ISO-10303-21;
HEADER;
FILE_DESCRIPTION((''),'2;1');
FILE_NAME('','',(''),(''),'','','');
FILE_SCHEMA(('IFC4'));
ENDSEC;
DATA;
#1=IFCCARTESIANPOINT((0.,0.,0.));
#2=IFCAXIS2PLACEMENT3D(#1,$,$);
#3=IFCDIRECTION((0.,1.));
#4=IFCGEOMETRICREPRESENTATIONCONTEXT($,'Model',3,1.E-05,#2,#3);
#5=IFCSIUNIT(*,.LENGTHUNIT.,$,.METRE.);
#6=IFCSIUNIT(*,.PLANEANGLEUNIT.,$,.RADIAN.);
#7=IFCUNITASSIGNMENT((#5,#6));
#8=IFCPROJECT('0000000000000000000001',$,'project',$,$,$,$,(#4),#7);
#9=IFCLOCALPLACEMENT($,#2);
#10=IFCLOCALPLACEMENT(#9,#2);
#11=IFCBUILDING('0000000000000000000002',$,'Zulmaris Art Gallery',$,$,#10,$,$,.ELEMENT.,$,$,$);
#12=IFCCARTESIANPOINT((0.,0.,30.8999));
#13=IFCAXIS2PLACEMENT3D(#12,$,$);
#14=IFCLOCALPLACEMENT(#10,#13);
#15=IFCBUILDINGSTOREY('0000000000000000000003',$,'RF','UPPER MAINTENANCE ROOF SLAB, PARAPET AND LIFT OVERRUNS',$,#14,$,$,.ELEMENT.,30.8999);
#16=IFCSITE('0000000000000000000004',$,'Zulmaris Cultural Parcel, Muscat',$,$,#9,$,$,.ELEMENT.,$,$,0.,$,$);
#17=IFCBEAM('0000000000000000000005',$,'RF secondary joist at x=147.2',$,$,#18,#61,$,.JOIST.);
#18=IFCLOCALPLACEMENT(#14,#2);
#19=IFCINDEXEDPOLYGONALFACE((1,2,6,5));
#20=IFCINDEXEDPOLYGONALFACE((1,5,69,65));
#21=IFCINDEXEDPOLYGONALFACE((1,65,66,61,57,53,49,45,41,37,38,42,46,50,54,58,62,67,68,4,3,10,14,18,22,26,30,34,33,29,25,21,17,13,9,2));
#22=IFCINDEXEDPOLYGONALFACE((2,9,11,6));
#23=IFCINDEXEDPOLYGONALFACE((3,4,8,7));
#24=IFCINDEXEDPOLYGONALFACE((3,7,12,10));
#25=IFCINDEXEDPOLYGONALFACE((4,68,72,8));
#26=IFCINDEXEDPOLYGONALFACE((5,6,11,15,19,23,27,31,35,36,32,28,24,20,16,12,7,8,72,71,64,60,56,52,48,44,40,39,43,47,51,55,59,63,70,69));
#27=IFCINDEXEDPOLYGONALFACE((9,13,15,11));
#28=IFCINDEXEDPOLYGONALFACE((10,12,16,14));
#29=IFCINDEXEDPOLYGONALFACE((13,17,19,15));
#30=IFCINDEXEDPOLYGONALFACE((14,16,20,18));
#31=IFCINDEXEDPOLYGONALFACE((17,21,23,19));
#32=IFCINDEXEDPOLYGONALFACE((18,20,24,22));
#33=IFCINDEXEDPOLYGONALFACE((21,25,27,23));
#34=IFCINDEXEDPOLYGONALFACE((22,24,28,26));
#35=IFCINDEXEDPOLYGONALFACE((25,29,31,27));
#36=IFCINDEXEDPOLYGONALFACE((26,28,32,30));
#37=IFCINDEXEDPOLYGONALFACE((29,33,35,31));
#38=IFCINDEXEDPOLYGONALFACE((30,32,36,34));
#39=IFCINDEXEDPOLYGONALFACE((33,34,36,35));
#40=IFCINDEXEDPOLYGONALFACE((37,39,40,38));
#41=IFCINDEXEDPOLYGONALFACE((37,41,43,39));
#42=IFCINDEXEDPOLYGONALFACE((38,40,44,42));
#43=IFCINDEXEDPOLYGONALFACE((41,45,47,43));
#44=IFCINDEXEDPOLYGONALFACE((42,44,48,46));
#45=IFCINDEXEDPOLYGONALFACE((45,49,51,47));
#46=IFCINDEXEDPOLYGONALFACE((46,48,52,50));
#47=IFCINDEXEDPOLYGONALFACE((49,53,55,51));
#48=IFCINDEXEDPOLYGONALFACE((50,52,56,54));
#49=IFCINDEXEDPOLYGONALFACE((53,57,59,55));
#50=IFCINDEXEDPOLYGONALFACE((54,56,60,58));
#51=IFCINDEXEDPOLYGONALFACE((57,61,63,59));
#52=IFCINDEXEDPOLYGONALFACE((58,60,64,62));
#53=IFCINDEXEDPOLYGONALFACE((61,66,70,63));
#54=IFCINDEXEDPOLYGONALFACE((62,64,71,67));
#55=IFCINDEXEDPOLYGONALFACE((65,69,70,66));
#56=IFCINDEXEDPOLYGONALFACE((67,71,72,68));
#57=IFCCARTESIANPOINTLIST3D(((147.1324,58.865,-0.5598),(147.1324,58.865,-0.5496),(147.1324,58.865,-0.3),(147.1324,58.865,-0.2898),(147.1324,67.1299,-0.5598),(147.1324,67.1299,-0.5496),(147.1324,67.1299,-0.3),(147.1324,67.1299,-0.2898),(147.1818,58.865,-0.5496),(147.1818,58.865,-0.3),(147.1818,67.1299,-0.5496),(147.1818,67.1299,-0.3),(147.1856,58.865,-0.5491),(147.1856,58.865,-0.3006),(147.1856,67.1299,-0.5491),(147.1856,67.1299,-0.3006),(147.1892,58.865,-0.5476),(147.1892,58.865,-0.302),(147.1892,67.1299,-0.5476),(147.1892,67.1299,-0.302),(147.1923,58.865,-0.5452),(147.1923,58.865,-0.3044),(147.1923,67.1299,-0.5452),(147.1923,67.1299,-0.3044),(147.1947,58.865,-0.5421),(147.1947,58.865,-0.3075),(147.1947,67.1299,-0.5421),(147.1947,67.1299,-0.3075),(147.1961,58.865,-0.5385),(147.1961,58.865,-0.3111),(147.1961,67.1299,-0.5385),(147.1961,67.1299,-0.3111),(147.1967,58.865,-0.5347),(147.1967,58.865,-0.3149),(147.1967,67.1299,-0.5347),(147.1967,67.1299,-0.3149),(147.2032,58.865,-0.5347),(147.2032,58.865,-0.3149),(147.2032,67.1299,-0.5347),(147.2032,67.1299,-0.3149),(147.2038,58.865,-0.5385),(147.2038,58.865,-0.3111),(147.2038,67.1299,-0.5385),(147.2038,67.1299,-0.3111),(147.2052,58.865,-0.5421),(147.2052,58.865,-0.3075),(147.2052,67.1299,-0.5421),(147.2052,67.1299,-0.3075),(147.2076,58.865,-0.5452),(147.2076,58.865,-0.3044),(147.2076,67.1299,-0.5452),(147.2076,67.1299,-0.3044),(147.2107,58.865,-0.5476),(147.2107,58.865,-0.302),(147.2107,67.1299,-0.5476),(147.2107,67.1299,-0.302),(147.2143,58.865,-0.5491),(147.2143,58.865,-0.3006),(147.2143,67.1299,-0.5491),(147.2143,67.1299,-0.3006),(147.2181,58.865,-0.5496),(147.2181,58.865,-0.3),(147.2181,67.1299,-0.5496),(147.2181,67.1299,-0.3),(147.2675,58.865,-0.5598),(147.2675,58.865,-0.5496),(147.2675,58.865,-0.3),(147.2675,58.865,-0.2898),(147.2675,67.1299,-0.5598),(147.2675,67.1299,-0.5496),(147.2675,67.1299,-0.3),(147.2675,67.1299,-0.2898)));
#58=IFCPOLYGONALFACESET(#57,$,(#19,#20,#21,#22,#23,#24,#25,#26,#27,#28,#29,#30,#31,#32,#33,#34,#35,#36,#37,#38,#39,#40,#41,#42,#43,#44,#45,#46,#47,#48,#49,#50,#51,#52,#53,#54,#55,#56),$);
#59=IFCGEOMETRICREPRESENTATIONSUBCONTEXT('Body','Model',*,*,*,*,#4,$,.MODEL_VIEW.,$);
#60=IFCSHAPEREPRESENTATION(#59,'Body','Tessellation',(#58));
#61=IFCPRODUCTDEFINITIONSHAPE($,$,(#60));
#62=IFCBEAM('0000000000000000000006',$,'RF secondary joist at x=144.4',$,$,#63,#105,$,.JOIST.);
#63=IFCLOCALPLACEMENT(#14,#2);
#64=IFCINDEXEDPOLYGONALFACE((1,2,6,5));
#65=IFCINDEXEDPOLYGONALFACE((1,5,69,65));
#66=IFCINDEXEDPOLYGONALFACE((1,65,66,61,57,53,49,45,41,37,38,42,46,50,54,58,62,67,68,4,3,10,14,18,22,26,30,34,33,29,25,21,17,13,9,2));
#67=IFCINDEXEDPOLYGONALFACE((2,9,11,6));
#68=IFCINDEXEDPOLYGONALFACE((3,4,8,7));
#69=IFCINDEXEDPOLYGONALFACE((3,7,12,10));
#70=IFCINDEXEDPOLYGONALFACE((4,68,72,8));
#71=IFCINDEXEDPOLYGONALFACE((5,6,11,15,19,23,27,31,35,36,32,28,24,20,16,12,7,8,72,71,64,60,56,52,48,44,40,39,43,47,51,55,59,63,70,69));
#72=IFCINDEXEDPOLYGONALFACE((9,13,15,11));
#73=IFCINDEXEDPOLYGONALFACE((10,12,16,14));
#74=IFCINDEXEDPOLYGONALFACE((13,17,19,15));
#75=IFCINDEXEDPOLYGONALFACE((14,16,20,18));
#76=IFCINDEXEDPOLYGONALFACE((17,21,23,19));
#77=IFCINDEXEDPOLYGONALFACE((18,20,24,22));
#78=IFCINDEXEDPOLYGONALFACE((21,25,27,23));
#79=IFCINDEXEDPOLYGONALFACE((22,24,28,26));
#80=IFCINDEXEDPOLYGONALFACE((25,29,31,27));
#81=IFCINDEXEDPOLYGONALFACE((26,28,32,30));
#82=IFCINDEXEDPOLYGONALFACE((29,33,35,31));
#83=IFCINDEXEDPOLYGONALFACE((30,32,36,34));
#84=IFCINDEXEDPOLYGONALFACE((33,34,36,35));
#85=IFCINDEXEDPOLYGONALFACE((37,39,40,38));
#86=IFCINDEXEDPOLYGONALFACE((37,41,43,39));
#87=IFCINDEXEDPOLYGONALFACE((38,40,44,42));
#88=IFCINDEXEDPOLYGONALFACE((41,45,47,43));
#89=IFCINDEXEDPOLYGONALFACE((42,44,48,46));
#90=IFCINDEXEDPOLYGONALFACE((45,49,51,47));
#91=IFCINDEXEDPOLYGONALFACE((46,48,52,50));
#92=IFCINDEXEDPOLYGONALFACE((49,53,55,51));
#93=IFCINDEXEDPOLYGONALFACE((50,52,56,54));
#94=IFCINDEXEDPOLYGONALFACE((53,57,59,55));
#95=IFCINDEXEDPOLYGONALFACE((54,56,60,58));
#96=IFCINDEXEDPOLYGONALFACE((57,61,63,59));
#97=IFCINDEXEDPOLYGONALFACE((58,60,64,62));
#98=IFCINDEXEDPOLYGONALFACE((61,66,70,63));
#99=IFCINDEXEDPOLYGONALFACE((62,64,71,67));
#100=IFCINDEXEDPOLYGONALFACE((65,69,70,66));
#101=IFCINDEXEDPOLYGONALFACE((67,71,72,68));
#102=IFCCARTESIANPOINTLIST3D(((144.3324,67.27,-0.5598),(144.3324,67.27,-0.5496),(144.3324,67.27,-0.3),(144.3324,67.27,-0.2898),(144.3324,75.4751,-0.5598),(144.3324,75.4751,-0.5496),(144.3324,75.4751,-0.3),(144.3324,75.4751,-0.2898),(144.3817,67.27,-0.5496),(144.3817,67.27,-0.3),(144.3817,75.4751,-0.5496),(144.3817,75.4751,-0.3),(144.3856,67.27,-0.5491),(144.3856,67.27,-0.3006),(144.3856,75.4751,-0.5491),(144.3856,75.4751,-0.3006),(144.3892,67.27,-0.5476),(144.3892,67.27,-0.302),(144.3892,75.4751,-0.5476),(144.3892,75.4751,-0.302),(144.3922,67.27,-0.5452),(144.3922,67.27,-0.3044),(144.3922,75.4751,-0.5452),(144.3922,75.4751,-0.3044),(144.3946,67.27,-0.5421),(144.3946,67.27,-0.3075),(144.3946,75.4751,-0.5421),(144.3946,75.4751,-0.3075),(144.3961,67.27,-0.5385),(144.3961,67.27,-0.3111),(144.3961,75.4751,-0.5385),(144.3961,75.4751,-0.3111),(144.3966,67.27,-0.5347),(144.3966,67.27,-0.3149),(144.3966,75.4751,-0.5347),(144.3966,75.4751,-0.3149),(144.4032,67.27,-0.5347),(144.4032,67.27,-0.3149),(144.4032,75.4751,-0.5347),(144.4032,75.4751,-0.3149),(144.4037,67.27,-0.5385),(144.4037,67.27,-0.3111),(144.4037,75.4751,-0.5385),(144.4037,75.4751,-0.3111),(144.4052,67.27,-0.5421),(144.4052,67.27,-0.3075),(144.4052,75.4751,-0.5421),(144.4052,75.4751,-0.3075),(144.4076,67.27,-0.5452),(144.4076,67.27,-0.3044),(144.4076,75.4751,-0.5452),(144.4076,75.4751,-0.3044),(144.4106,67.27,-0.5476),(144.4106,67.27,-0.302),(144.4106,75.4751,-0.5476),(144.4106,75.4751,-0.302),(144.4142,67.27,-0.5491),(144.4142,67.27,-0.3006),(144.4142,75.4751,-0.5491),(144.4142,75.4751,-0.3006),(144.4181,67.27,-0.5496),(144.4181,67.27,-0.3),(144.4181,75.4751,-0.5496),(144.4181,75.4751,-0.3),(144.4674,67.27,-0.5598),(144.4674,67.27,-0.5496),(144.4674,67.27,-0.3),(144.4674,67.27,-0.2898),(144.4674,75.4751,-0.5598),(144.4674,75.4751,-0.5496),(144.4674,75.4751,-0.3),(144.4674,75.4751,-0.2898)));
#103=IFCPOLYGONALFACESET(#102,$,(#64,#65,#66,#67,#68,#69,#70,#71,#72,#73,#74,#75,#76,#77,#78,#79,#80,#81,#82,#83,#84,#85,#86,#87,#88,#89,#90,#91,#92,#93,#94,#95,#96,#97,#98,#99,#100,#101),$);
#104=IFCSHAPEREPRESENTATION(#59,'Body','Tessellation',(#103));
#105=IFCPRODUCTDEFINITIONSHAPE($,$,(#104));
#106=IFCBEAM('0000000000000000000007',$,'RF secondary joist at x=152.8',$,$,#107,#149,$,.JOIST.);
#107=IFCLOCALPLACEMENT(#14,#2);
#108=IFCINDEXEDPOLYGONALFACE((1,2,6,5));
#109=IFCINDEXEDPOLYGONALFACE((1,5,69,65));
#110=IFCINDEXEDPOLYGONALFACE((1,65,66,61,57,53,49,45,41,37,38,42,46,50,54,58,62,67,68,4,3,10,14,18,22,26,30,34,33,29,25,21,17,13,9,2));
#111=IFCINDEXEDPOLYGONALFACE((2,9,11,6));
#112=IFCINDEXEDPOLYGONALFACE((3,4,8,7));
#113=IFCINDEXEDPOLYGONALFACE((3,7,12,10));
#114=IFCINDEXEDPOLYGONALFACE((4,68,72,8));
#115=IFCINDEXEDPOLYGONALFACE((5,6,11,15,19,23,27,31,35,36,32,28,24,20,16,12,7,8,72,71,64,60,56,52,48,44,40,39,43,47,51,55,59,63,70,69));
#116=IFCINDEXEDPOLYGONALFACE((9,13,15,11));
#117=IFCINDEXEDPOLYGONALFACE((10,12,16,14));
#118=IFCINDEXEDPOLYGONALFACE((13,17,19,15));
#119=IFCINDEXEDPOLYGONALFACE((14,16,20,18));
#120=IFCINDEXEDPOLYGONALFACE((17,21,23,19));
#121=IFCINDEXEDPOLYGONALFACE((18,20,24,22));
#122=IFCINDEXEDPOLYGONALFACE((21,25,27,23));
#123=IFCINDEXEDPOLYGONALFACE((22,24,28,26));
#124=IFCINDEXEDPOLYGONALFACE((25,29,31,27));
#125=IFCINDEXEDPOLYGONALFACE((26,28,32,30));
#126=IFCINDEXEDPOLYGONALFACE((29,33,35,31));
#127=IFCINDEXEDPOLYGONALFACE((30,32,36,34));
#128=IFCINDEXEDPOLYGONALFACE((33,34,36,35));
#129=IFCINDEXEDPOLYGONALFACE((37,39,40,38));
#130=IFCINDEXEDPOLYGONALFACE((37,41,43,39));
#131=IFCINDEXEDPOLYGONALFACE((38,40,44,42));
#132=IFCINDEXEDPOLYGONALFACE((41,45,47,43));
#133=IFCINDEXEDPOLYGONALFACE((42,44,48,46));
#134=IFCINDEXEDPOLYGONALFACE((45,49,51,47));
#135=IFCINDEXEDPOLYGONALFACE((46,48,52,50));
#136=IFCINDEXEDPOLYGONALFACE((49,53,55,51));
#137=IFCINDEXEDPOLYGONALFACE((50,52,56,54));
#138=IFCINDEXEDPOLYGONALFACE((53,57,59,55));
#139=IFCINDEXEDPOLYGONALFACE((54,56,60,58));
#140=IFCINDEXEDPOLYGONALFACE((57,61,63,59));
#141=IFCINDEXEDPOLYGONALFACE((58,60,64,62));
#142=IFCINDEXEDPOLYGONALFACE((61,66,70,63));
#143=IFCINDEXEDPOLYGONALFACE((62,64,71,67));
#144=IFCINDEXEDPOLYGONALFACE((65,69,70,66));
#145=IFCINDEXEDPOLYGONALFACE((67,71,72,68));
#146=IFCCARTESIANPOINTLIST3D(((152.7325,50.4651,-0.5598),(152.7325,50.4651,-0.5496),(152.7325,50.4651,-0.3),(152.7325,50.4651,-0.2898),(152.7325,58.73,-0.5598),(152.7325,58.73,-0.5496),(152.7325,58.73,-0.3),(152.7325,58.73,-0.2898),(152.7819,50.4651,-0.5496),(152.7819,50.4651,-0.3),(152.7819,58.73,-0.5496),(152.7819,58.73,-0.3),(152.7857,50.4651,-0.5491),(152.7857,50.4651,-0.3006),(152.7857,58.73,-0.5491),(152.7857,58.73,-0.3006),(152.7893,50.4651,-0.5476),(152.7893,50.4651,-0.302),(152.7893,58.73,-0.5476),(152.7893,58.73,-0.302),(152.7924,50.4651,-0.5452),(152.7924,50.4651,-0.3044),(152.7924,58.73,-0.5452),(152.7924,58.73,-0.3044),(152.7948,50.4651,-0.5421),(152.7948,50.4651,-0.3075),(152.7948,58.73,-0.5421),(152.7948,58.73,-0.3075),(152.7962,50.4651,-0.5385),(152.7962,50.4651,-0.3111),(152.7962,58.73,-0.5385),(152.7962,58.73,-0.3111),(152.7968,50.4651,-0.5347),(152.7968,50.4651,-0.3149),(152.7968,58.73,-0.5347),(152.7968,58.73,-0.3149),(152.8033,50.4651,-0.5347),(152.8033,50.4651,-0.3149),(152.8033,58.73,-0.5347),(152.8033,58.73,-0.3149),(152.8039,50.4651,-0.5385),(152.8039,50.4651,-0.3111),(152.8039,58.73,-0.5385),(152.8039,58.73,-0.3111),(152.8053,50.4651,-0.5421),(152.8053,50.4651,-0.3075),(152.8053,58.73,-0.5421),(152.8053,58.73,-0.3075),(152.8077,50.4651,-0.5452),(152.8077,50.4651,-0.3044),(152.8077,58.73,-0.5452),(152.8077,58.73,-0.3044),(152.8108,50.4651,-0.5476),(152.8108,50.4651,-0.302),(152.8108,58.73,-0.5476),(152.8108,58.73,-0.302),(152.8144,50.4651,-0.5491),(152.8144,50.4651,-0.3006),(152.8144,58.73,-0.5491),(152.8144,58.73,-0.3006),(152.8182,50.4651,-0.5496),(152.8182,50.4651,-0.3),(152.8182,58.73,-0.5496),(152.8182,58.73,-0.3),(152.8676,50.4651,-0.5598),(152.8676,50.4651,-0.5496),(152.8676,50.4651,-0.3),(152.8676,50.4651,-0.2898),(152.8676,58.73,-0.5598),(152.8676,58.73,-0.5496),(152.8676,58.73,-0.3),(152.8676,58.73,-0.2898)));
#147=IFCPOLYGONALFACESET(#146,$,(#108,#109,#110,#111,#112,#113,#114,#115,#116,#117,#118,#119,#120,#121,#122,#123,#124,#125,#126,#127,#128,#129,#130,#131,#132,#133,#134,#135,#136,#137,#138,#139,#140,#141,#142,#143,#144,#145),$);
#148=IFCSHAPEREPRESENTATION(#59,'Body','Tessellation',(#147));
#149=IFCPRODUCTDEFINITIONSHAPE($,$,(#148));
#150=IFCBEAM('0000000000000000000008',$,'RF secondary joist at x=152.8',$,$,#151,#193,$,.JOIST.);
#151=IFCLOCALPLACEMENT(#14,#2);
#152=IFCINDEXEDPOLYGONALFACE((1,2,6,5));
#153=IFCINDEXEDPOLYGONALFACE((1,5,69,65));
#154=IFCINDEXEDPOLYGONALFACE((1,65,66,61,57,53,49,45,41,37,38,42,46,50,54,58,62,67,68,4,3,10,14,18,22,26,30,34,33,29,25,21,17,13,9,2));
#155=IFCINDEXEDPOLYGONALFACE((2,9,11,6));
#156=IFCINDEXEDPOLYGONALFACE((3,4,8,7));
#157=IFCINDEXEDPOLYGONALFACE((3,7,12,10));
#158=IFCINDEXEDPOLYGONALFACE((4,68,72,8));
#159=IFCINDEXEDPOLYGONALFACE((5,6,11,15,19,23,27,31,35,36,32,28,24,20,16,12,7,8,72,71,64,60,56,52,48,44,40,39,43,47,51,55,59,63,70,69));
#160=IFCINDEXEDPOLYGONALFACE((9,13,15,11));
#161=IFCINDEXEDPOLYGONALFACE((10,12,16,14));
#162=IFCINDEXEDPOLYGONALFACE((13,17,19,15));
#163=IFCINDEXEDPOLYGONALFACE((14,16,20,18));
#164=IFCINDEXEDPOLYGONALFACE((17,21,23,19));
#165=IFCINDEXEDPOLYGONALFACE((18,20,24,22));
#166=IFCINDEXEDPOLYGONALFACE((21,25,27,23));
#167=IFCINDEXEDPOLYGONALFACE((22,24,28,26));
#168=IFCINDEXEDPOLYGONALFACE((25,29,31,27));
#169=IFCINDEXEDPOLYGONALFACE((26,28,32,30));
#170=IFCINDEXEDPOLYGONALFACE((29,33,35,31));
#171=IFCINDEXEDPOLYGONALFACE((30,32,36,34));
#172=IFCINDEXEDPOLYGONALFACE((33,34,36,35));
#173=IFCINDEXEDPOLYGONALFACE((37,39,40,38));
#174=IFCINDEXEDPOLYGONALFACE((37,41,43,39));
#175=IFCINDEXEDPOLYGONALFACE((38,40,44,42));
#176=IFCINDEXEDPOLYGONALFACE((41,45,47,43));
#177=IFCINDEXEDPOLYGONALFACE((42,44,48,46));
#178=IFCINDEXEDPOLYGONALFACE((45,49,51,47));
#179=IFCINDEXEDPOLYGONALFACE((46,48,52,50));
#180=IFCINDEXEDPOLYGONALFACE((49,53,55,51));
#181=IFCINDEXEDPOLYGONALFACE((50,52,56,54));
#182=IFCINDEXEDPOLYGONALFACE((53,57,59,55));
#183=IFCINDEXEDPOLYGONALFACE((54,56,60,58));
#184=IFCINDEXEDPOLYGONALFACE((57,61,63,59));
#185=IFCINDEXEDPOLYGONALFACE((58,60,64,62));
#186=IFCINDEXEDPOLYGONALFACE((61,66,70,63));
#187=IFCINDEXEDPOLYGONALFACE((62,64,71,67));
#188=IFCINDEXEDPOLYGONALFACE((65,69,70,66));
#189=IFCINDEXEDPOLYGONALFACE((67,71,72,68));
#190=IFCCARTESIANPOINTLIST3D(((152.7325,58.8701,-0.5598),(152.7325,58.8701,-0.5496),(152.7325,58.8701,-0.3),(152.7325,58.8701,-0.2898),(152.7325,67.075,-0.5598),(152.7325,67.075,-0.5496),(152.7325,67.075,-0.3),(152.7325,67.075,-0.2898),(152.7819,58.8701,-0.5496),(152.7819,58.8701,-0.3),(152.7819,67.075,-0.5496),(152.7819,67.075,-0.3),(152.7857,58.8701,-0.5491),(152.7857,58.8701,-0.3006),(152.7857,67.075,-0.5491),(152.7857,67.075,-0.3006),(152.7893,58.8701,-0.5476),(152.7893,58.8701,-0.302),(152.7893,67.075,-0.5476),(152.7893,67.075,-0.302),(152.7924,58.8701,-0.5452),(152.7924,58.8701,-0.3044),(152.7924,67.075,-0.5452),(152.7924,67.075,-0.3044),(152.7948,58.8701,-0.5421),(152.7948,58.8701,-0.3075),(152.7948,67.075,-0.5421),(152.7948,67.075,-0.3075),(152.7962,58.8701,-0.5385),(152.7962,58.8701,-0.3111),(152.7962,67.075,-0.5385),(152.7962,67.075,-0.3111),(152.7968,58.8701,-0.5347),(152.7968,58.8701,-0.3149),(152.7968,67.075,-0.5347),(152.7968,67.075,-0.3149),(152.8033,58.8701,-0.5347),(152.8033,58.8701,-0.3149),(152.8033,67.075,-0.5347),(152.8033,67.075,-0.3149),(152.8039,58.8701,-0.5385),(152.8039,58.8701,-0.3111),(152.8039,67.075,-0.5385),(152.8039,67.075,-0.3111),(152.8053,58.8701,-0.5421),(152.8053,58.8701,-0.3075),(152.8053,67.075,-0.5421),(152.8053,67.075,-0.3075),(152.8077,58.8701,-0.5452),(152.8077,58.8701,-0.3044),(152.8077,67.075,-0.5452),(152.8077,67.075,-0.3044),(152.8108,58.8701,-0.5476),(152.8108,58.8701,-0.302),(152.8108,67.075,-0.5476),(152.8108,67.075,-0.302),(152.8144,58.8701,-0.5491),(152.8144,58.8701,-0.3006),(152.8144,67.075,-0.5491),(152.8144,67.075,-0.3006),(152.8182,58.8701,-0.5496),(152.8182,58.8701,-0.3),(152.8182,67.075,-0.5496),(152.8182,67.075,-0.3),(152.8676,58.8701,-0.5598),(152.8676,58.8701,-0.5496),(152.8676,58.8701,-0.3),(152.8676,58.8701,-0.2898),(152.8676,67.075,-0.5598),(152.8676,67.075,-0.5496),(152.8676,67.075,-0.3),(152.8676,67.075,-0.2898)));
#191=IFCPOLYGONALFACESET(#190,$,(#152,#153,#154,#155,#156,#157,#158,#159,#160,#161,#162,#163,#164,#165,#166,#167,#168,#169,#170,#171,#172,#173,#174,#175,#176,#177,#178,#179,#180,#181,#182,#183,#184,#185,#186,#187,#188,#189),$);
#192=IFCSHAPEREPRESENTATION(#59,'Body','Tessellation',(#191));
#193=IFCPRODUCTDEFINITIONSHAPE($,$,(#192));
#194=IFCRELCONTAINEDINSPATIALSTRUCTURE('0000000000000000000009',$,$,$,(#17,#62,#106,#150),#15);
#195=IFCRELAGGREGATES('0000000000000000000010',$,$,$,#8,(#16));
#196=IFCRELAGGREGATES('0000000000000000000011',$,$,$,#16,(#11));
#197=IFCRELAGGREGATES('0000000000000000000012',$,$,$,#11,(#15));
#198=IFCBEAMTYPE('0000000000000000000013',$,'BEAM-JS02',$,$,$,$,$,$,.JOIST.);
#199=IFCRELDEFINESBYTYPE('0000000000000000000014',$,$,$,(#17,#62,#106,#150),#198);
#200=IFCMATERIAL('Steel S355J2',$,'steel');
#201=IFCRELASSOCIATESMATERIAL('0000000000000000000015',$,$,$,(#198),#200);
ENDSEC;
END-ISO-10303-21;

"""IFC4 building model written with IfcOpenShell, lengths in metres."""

from ifc_helpers import new_model, si_unit, direction, frame, origin, origin_2d, place, context, subcontext, project, spatial, i_section, extrude, material, material_profile, profile_set, type_object, element, save


model = new_model("IFC4")

# Units and contexts
model_context = context("Model", 3, precision=1e-05, world=origin(), true_north=direction((0.0, 1.0)))
body_context = subcontext(model_context, "Body", "Model", "MODEL_VIEW")
ifc_project = project(units=[si_unit("LENGTHUNIT", "METRE"), si_unit("PLANEANGLEUNIT", "RADIAN")], contexts=[model_context])

# Site, building, storey
site_placement = place(None, origin())
site = spatial("IfcSite", under=ifc_project, at=site_placement, Name="Zulmaris Cultural Parcel, Muscat", CompositionType="ELEMENT", RefElevation=0.0)
building_placement = place(site_placement, origin())
building = spatial("IfcBuilding", under=site, at=building_placement, Name="Zulmaris Art Gallery", CompositionType="ELEMENT")
storey_placement = place(building_placement, frame((0.0, 0.0, 30.8999)))
storey = spatial("IfcBuildingStorey", under=building, at=storey_placement, Name="RF", Description="UPPER MAINTENANCE ROOF SLAB, PARAPET AND LIFT OVERRUNS", CompositionType="ELEMENT", Elevation=30.8999)

# Beams
ifc_material_1 = material(Name="Steel S355J2", Category="steel")
ifc_material_profile_1 = material_profile(ifc_material_1, i_section(OverallWidth=0.135, OverallDepth=0.27, WebThickness=0.0066, FlangeThickness=0.0103, FilletRadius=0.0149, at=origin_2d()), Name="IPE 270")
ifc_profile_set_1 = profile_set([ifc_material_profile_1], Name="Steel S355J2")
beam_type_1 = type_object("IfcBeamType", Name="BEAM-JS02", PredefinedType="JOIST", material=ifc_profile_set_1)
beam_1_placement = place(storey_placement, frame((147.2, 58.865, -0.4248), z_axis=(0.0, 1.0, 0.0), x_axis=(-1.0, 0.0, 0.0)))
element("IfcBeam", 1, at=beam_1_placement, inside=storey, type_object=beam_type_1, Name="RF secondary joist at x=147.2", PredefinedType="JOIST", context=body_context, shape_type="SweptSolid", body=[
    extrude(i_section(OverallWidth=0.135, OverallDepth=0.27, WebThickness=0.0066, FlangeThickness=0.0103, FilletRadius=0.0149, at=origin_2d()), origin(), (0.0, 0.0, 1.0), 8.2649),
])
beam_2_placement = place(storey_placement, frame((144.3999, 67.27, -0.4248), z_axis=(0.0, 1.0, 0.0), x_axis=(-1.0, 0.0, 0.0)))
element("IfcBeam", 2, at=beam_2_placement, inside=storey, type_object=beam_type_1, Name="RF secondary joist at x=144.4", PredefinedType="JOIST", context=body_context, shape_type="SweptSolid", body=[
    extrude(i_section(OverallWidth=0.135, OverallDepth=0.27, WebThickness=0.0066, FlangeThickness=0.0103, FilletRadius=0.0149, at=origin_2d()), origin(), (0.0, 0.0, 1.0), 8.2051),
])
beam_3_placement = place(storey_placement, frame((152.8, 50.4651, -0.4248), z_axis=(0.0, 1.0, 0.0), x_axis=(-1.0, 0.0, 0.0)))
element("IfcBeam", 3, at=beam_3_placement, inside=storey, type_object=beam_type_1, Name="RF secondary joist at x=152.8", PredefinedType="JOIST", context=body_context, shape_type="SweptSolid", body=[
    extrude(i_section(OverallWidth=0.135, OverallDepth=0.27, WebThickness=0.0066, FlangeThickness=0.0103, FilletRadius=0.0149, at=origin_2d()), origin(), (0.0, 0.0, 1.0), 8.2649),
])
beam_4_placement = place(storey_placement, frame((152.8, 58.8701, -0.4248), z_axis=(0.0, 1.0, 0.0), x_axis=(-1.0, 0.0, 0.0)))
element("IfcBeam", 4, at=beam_4_placement, inside=storey, type_object=beam_type_1, Name="RF secondary joist at x=152.8", PredefinedType="JOIST", context=body_context, shape_type="SweptSolid", body=[
    extrude(i_section(OverallWidth=0.135, OverallDepth=0.27, WebThickness=0.0066, FlangeThickness=0.0103, FilletRadius=0.0149, at=origin_2d()), origin(), (0.0, 0.0, 1.0), 8.2048),
])

save(model, "model.ifc")
